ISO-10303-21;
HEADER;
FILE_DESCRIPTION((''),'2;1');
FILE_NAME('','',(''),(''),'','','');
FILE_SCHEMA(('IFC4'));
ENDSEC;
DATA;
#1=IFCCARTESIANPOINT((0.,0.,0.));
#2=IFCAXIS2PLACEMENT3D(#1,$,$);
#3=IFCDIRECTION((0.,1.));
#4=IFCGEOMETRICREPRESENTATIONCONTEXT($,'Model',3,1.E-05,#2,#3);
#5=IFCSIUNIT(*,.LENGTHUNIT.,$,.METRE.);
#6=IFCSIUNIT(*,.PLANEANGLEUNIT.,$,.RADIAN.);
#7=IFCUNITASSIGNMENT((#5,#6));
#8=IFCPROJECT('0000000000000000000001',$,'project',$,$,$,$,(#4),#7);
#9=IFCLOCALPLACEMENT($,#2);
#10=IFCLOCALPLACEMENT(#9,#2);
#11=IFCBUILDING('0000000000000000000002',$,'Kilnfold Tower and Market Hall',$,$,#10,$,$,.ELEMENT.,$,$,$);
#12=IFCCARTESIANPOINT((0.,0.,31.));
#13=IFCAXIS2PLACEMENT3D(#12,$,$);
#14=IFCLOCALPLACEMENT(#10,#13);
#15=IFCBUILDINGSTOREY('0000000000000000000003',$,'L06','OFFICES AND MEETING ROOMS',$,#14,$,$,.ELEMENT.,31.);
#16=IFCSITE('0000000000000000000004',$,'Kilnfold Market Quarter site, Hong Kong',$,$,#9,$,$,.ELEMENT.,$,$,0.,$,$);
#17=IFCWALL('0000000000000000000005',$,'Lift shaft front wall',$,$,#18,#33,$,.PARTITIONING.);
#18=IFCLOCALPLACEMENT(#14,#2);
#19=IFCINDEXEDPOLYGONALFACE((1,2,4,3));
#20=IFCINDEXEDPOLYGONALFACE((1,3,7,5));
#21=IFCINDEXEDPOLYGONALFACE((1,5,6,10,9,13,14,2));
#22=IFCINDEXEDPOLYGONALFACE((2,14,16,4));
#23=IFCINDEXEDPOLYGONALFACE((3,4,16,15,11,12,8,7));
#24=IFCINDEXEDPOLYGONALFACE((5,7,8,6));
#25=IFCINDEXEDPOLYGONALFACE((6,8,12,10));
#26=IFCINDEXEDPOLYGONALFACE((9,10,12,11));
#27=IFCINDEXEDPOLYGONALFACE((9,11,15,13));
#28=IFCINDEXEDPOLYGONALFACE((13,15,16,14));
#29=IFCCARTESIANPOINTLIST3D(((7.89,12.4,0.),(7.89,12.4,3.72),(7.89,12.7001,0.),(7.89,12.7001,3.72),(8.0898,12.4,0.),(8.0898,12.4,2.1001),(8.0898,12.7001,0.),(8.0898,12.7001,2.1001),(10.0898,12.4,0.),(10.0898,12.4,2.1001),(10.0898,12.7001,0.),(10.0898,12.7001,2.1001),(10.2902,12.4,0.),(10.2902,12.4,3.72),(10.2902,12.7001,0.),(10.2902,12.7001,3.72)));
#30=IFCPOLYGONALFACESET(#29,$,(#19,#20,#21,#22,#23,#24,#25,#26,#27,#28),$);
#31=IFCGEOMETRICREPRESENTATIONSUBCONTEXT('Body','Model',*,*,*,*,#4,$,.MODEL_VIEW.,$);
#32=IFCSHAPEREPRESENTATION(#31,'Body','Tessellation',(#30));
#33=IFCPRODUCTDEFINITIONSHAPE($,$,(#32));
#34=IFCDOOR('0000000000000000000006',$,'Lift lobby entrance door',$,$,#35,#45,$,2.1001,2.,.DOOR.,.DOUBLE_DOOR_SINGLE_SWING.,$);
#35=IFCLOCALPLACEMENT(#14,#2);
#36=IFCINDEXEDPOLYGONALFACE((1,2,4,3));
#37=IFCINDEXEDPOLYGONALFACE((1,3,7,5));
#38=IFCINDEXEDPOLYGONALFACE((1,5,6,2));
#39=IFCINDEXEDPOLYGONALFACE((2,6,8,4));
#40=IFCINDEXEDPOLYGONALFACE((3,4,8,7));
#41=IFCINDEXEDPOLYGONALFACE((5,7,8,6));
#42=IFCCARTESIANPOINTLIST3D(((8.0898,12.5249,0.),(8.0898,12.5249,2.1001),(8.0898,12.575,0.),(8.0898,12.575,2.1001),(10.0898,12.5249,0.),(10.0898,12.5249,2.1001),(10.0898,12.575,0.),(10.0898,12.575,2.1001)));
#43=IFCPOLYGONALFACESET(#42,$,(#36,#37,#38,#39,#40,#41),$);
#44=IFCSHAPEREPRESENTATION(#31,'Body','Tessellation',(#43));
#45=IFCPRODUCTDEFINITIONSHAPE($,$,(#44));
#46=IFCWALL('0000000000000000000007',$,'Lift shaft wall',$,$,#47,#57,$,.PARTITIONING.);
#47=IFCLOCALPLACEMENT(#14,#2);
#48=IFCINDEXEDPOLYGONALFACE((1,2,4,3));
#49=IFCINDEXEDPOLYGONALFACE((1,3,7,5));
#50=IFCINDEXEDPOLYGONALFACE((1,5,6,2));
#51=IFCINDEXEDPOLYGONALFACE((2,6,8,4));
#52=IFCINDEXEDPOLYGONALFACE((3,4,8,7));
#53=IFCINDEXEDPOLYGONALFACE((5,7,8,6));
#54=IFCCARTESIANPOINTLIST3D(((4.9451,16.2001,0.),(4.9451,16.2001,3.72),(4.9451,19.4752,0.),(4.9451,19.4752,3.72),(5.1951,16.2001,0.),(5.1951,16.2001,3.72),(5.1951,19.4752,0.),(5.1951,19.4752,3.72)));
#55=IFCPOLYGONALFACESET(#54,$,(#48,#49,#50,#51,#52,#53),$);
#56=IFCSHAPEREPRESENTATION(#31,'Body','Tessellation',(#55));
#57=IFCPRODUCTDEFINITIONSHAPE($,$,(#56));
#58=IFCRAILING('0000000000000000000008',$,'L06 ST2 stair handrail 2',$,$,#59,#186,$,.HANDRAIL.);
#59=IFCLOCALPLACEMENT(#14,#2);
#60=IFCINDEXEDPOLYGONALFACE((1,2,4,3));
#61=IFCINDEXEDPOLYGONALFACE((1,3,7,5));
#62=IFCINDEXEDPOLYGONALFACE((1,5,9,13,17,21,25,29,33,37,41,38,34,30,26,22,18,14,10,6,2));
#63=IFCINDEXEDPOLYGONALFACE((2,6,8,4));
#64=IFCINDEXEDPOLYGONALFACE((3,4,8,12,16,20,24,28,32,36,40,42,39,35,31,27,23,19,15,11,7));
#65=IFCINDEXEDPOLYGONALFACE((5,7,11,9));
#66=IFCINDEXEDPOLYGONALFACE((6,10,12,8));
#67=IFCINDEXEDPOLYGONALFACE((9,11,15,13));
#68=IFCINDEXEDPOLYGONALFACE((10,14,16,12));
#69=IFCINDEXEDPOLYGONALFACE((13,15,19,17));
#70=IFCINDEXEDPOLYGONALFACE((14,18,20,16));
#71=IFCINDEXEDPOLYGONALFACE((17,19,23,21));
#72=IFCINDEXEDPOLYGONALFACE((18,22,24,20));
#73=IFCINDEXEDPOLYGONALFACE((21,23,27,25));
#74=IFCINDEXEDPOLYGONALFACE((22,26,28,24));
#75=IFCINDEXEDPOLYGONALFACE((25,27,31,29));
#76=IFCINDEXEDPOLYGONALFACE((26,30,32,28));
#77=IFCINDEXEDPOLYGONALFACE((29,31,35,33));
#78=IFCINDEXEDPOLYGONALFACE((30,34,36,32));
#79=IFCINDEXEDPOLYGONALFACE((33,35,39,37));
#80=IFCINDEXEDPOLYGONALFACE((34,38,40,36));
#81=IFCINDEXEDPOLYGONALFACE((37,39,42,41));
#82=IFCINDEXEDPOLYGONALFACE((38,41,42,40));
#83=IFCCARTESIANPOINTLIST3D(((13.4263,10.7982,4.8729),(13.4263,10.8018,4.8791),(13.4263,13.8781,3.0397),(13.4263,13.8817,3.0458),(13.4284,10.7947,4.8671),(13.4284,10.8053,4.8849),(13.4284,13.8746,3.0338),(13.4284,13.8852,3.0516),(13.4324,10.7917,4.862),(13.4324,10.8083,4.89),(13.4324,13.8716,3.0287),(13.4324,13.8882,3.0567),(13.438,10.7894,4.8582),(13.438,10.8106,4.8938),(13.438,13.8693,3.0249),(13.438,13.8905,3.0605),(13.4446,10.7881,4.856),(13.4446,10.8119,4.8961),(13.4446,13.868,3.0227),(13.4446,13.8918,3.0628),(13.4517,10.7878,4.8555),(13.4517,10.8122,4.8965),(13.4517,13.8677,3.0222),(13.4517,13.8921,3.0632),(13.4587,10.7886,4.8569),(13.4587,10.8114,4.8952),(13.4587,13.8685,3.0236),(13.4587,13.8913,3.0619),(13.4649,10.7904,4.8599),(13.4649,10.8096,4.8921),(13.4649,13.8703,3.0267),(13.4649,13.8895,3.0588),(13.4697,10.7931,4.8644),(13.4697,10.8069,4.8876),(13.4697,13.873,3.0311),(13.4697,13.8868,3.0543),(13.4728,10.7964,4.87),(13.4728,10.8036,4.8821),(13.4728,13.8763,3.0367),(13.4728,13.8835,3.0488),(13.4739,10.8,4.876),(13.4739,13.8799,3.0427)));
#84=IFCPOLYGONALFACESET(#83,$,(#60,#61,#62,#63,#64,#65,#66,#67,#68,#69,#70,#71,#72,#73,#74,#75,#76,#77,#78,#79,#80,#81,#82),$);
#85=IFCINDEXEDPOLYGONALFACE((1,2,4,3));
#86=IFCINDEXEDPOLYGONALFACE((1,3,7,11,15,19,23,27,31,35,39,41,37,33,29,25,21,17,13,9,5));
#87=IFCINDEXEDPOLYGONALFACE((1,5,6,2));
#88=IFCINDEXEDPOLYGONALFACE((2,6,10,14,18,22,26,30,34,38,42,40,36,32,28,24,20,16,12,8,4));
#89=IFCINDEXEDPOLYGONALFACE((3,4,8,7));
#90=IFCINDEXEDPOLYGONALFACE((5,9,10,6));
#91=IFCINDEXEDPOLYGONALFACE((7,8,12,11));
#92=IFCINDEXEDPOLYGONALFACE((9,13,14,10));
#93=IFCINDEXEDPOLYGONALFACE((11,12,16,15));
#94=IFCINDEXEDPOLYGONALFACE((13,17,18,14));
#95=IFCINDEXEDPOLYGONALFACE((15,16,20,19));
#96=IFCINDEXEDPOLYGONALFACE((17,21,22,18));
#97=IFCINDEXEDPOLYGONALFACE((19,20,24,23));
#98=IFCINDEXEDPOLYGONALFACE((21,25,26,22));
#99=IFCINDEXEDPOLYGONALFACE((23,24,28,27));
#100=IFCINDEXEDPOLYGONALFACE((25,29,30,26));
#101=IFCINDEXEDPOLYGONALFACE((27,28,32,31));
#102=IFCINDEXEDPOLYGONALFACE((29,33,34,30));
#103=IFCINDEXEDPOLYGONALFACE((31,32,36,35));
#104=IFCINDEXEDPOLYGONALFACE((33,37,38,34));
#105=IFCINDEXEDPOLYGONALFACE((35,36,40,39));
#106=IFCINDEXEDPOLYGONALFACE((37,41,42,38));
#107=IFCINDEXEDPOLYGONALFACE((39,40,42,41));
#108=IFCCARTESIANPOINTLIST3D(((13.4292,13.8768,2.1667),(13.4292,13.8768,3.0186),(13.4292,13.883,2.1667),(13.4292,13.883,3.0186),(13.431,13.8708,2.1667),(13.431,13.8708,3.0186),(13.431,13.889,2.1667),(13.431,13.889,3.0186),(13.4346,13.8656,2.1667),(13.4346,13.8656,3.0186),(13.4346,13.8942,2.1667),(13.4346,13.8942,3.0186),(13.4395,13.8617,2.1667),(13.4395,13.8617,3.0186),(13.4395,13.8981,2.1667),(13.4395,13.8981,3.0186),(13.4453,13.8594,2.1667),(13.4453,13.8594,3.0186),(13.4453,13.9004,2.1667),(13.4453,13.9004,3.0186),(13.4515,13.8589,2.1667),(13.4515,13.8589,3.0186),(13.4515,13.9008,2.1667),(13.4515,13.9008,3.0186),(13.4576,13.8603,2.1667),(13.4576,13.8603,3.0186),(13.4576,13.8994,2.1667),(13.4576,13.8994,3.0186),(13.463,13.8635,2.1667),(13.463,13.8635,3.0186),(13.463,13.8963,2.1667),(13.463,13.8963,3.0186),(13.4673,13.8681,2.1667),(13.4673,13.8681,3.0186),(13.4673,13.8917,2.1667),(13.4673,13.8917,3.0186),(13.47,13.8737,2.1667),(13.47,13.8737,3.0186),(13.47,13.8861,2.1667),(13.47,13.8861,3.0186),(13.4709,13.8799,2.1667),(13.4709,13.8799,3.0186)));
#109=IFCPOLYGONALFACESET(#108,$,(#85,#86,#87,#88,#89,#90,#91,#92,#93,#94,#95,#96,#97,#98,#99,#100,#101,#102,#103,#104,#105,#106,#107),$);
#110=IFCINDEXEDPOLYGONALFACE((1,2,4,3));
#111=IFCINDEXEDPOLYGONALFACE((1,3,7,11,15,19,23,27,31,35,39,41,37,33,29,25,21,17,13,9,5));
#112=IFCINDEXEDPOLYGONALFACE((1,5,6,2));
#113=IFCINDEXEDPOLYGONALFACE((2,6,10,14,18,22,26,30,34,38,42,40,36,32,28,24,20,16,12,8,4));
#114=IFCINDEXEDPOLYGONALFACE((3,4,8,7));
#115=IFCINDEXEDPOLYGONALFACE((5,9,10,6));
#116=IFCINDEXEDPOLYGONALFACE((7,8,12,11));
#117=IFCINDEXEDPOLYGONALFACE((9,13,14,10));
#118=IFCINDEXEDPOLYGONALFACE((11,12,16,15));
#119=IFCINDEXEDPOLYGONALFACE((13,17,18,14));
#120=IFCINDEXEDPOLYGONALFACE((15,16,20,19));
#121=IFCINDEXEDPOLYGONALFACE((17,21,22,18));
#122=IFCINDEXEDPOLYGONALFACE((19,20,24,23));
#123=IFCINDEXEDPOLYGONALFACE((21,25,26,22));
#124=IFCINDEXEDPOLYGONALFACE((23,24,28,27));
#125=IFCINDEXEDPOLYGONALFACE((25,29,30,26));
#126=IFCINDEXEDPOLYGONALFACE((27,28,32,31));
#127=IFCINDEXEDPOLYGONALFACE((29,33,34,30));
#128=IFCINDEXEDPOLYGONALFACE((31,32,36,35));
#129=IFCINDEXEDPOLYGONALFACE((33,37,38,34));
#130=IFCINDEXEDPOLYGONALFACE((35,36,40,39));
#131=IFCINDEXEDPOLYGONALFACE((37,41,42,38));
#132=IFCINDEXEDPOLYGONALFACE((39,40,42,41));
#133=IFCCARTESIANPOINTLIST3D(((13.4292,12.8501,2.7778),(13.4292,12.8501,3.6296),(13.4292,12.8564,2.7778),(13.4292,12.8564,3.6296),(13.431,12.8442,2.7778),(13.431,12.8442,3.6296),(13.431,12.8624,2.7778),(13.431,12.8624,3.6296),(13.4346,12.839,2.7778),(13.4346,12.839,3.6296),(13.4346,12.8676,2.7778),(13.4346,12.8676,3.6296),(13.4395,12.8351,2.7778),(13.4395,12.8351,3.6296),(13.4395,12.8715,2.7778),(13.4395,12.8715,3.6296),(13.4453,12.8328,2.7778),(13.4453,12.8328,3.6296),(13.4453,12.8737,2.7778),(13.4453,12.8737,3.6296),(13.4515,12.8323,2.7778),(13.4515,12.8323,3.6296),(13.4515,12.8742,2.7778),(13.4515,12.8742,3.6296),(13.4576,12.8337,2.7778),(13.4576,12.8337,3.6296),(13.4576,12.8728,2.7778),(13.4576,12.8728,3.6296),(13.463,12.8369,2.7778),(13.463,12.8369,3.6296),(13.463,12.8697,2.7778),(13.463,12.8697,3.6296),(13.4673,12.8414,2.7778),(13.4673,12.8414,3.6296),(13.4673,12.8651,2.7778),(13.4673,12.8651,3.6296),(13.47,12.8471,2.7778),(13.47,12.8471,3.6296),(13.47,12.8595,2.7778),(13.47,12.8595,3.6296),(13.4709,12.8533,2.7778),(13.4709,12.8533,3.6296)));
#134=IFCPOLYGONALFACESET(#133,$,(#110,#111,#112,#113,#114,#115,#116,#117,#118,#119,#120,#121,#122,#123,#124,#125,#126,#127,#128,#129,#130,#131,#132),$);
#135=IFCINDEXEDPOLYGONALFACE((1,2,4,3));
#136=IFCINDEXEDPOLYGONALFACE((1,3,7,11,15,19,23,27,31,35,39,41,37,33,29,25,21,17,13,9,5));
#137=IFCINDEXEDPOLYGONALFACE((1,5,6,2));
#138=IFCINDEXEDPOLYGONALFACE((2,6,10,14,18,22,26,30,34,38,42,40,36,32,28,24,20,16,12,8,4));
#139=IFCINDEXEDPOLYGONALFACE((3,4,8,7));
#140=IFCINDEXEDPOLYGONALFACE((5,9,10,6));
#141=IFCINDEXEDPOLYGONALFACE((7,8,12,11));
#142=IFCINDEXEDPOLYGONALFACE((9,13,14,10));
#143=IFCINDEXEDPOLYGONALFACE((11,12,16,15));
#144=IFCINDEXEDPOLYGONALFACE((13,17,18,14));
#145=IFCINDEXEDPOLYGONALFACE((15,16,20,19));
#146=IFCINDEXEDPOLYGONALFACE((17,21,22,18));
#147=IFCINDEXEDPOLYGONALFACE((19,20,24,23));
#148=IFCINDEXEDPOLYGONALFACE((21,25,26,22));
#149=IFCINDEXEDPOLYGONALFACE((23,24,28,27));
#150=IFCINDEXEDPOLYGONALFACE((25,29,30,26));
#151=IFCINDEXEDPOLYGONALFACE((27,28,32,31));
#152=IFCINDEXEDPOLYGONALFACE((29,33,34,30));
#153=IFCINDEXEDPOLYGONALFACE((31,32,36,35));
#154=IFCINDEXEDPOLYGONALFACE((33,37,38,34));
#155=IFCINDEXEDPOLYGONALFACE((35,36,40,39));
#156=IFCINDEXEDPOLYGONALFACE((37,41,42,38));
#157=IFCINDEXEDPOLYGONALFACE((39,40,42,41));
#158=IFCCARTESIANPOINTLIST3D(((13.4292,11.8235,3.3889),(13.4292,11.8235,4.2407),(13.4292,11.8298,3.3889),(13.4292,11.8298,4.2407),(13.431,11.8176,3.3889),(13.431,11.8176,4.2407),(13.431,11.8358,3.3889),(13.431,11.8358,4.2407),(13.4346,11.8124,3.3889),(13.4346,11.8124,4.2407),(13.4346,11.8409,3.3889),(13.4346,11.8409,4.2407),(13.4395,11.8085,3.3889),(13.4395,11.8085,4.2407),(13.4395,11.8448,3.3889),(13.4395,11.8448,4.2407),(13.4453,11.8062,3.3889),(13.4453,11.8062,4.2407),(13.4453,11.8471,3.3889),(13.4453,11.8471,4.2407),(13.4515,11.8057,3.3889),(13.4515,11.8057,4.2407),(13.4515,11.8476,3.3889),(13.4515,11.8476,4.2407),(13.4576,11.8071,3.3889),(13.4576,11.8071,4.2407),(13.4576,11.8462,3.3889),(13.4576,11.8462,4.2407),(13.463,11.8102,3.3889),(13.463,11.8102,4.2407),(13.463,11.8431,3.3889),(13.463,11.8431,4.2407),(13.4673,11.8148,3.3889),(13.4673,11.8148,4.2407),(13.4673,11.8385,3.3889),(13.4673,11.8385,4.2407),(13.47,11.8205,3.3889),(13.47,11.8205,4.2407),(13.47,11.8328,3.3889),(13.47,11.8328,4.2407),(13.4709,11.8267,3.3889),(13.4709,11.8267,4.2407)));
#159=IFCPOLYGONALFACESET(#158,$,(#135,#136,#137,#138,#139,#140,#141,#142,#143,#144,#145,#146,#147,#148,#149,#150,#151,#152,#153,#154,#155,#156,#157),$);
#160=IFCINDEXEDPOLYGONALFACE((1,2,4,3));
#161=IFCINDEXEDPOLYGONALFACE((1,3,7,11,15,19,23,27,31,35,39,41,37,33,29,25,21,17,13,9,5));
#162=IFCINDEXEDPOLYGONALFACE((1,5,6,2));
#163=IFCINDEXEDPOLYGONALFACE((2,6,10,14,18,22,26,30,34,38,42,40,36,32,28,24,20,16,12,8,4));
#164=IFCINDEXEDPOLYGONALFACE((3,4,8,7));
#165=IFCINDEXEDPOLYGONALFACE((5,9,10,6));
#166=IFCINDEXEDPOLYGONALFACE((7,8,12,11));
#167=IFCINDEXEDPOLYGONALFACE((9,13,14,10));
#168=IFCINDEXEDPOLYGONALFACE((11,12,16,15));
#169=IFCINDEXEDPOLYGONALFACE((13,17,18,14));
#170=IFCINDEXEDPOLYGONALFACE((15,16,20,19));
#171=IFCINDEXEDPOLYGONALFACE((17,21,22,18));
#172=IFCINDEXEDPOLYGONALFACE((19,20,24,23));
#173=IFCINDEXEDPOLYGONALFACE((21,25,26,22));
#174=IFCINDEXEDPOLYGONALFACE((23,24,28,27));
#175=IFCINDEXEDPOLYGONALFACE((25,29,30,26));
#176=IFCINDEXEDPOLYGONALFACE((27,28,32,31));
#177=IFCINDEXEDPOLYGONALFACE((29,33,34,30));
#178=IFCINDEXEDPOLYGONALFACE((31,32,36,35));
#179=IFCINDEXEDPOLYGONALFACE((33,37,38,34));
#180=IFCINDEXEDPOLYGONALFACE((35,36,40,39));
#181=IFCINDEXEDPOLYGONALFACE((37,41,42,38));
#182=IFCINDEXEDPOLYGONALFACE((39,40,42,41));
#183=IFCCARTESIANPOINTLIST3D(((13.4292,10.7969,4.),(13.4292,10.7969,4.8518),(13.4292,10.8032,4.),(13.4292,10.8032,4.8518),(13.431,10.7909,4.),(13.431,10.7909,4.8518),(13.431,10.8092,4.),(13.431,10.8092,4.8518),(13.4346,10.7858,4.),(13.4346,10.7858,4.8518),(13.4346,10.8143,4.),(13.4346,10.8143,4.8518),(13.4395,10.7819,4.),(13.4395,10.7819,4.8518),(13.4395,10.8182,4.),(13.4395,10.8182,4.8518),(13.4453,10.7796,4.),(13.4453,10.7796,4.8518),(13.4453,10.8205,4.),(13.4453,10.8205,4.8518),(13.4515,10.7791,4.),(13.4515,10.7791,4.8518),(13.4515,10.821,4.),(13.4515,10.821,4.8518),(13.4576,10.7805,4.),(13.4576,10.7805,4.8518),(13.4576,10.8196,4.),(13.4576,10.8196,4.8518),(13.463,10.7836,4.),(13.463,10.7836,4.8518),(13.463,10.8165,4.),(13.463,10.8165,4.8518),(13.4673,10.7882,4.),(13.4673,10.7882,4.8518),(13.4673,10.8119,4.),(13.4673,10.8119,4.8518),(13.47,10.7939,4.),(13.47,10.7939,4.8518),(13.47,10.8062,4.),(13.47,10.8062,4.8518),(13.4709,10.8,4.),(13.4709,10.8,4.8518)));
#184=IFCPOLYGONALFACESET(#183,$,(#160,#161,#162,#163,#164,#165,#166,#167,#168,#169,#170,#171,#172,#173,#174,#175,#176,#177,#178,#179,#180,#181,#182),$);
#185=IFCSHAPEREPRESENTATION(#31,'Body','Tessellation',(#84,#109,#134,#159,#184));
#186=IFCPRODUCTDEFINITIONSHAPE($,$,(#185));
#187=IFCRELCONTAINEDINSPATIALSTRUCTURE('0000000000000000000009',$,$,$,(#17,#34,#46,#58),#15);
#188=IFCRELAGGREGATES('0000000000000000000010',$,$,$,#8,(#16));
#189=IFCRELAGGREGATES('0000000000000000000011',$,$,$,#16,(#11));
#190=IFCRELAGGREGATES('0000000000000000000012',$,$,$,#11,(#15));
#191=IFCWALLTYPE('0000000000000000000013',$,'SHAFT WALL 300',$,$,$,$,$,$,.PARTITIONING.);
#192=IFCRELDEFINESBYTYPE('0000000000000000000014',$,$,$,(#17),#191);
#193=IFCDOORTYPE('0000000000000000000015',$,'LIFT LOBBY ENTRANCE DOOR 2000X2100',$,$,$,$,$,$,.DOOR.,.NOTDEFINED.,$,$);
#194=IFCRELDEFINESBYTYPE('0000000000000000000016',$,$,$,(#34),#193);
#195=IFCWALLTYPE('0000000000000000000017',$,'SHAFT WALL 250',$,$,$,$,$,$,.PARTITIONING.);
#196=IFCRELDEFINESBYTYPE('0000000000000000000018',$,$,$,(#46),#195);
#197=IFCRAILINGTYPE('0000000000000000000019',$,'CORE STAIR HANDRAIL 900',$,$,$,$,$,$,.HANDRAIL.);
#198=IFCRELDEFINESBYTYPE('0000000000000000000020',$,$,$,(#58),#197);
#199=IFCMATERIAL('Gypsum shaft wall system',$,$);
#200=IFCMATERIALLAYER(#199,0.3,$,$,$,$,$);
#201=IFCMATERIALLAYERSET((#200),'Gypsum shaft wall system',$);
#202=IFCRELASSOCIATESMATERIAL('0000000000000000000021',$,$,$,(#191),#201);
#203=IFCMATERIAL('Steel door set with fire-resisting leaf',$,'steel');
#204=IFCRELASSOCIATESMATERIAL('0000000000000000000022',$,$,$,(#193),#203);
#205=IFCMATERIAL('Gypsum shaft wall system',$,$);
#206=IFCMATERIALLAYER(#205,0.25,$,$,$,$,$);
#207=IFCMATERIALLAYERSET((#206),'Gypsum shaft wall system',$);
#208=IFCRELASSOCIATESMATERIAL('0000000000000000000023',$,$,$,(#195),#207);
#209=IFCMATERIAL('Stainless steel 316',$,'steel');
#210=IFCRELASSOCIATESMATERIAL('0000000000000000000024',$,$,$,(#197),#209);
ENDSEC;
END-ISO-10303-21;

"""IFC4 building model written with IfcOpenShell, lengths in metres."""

from ifc_helpers import new_model, si_unit, direction, frame, frame_2d, origin, origin_2d, place, context, subcontext, project, spatial, rectangle, circle, extrude, source, transform, mapped, material, layer, layer_set, type_object, element, fill, save


model = new_model("IFC4")

# Units and contexts
model_context = context("Model", 3, precision=1e-05, world=origin(), true_north=direction((0.0, 1.0)))
body_context = subcontext(model_context, "Body", "Model", "MODEL_VIEW")
ifc_project = project(units=[si_unit("LENGTHUNIT", "METRE"), si_unit("PLANEANGLEUNIT", "RADIAN")], contexts=[model_context])

# Site, building, storey
site_placement = place(None, origin())
site = spatial("IfcSite", under=ifc_project, at=site_placement, Name="Kilnfold Market Quarter site, Hong Kong", CompositionType="ELEMENT", RefElevation=0.0)
building_placement = place(site_placement, origin())
building = spatial("IfcBuilding", under=site, at=building_placement, Name="Kilnfold Tower and Market Hall", CompositionType="ELEMENT")
storey_placement = place(building_placement, frame((0.0, 0.0, 31.0)))
storey = spatial("IfcBuildingStorey", under=building, at=storey_placement, Name="L06", Description="OFFICES AND MEETING ROOMS", CompositionType="ELEMENT", Elevation=31.0)

# Shared definitions
ifc_material_1 = material(Name="Gypsum shaft wall system")
ifc_layer_1 = layer(ifc_material_1, 0.3)
ifc_layer_set_1 = layer_set([ifc_layer_1], Name="Gypsum shaft wall system")
wall_type_1 = type_object("IfcWallType", Name="SHAFT WALL 300", PredefinedType="PARTITIONING", material=ifc_layer_set_1)

# Wall, opening, door
shared_shape_1 = source(origin(), body_context, "Body", "SweptSolid", [
    extrude(rectangle(XDim=2.4001, YDim=0.3, at=frame_2d((1.2002, 0.0))), origin(), (0.0, 0.0, 1.0), 3.72),
])
wall_1_placement = place(storey_placement, frame((7.8899, 12.55, 0.0), z_axis=(0.0, 0.0, 1.0), x_axis=(1.0, 0.0, 0.0)))
wall_1 = element("IfcWall", 1, at=wall_1_placement, inside=storey, type_object=wall_type_1, Name="Lift shaft front wall", PredefinedType="PARTITIONING", context=body_context, shape_type="MappedRepresentation", body=[
    mapped(shared_shape_1, transform((0.0, 0.0, 0.0))),
])
opening_1_placement = place(wall_1_placement, frame((0.2, 0.0, 0.0)))
opening_1 = element("IfcOpeningElement", 2, at=opening_1_placement, cuts=wall_1, PredefinedType="OPENING", context=body_context, shape_type="SweptSolid", body=[
    extrude(rectangle(XDim=2.0, YDim=2.1001, at=frame_2d((1.0, 1.05))), frame((0.0, 0.1602, 0.0), z_axis=(0.0, -1.0, 0.0), x_axis=(1.0, 0.0, 0.0)), (0.0, 0.0, 1.0), 0.3201),
])
ifc_material_2 = material(Name="Steel door set with fire-resisting leaf", Category="steel")
door_type_1 = type_object("IfcDoorType", Name="LIFT LOBBY ENTRANCE DOOR 2000X2100", OperationType="NOTDEFINED", PredefinedType="DOOR", material=ifc_material_2)
door_1_placement = place(opening_1_placement, origin())
door_1 = element("IfcDoor", 3, at=door_1_placement, inside=storey, type_object=door_type_1, Name="Lift lobby entrance door", OperationType="DOUBLE_DOOR_SINGLE_SWING", OverallHeight=2.1001, OverallWidth=2.0, PredefinedType="DOOR", context=body_context, shape_type="SweptSolid", body=[
    extrude(rectangle(XDim=2.0, YDim=2.1001, at=frame_2d((1.0, 1.05))), frame((0.0, 0.0249, 0.0), z_axis=(0.0, -1.0, 0.0), x_axis=(1.0, 0.0, 0.0)), (0.0, 0.0, 1.0), 0.05),
])
fill(opening_1, door_1)

# Wall
ifc_material_3 = material(Name="Gypsum shaft wall system")
ifc_layer_2 = layer(ifc_material_3, 0.25)
ifc_layer_set_2 = layer_set([ifc_layer_2], Name="Gypsum shaft wall system")
wall_type_2 = type_object("IfcWallType", Name="SHAFT WALL 250", PredefinedType="PARTITIONING", material=ifc_layer_set_2)
shared_shape_2 = source(origin(), body_context, "Body", "SweptSolid", [
    extrude(rectangle(XDim=3.2751, YDim=0.25, at=frame_2d((1.6377, 0.0))), origin(), (0.0, 0.0, 1.0), 3.72),
])
wall_2_placement = place(storey_placement, frame((5.0701, 16.2, 0.0), z_axis=(0.0, 0.0, 1.0), x_axis=(0.0, 1.0, 0.0)))
element("IfcWall", 4, at=wall_2_placement, inside=storey, type_object=wall_type_2, Name="Lift shaft wall", PredefinedType="PARTITIONING", context=body_context, shape_type="MappedRepresentation", body=[
    mapped(shared_shape_2, transform((0.0, 0.0, 0.0))),
])

# Railing
ifc_material_4 = material(Name="Stainless steel 316", Category="steel")
railing_type = type_object("IfcRailingType", Name="CORE STAIR HANDRAIL 900", PredefinedType="HANDRAIL", material=ifc_material_4)
railing_placement = place(storey_placement, frame((13.45, 13.8799, 2.1667)))
element("IfcRailing", 5, at=railing_placement, inside=storey, type_object=railing_type, Name="L06 ST2 stair handrail 2", PredefinedType="HANDRAIL", context=body_context, shape_type="SweptSolid", body=[
    extrude(circle(Radius=0.0239, at=origin_2d()), frame((0.0, 0.0, 0.876), z_axis=(0.0, -0.859291, 0.511487), x_axis=(1.0, 0.0, 0.0)), (0.0, 0.0, 1.0), 3.5842),
    extrude(circle(Radius=0.021, at=origin_2d()), origin(), (0.0, 0.0, 1.0), 0.8518),
    extrude(circle(Radius=0.021, at=origin_2d()), frame((0.0, -1.0266, 0.6111)), (0.0, 0.0, 1.0), 0.8518),
    extrude(circle(Radius=0.021, at=origin_2d()), frame((0.0, -2.0532, 1.2222)), (0.0, 0.0, 1.0), 0.8518),
    extrude(circle(Radius=0.021, at=origin_2d()), frame((0.0, -3.0798, 1.8333)), (0.0, 0.0, 1.0), 0.8518),
])

save(model, "model.ifc")
